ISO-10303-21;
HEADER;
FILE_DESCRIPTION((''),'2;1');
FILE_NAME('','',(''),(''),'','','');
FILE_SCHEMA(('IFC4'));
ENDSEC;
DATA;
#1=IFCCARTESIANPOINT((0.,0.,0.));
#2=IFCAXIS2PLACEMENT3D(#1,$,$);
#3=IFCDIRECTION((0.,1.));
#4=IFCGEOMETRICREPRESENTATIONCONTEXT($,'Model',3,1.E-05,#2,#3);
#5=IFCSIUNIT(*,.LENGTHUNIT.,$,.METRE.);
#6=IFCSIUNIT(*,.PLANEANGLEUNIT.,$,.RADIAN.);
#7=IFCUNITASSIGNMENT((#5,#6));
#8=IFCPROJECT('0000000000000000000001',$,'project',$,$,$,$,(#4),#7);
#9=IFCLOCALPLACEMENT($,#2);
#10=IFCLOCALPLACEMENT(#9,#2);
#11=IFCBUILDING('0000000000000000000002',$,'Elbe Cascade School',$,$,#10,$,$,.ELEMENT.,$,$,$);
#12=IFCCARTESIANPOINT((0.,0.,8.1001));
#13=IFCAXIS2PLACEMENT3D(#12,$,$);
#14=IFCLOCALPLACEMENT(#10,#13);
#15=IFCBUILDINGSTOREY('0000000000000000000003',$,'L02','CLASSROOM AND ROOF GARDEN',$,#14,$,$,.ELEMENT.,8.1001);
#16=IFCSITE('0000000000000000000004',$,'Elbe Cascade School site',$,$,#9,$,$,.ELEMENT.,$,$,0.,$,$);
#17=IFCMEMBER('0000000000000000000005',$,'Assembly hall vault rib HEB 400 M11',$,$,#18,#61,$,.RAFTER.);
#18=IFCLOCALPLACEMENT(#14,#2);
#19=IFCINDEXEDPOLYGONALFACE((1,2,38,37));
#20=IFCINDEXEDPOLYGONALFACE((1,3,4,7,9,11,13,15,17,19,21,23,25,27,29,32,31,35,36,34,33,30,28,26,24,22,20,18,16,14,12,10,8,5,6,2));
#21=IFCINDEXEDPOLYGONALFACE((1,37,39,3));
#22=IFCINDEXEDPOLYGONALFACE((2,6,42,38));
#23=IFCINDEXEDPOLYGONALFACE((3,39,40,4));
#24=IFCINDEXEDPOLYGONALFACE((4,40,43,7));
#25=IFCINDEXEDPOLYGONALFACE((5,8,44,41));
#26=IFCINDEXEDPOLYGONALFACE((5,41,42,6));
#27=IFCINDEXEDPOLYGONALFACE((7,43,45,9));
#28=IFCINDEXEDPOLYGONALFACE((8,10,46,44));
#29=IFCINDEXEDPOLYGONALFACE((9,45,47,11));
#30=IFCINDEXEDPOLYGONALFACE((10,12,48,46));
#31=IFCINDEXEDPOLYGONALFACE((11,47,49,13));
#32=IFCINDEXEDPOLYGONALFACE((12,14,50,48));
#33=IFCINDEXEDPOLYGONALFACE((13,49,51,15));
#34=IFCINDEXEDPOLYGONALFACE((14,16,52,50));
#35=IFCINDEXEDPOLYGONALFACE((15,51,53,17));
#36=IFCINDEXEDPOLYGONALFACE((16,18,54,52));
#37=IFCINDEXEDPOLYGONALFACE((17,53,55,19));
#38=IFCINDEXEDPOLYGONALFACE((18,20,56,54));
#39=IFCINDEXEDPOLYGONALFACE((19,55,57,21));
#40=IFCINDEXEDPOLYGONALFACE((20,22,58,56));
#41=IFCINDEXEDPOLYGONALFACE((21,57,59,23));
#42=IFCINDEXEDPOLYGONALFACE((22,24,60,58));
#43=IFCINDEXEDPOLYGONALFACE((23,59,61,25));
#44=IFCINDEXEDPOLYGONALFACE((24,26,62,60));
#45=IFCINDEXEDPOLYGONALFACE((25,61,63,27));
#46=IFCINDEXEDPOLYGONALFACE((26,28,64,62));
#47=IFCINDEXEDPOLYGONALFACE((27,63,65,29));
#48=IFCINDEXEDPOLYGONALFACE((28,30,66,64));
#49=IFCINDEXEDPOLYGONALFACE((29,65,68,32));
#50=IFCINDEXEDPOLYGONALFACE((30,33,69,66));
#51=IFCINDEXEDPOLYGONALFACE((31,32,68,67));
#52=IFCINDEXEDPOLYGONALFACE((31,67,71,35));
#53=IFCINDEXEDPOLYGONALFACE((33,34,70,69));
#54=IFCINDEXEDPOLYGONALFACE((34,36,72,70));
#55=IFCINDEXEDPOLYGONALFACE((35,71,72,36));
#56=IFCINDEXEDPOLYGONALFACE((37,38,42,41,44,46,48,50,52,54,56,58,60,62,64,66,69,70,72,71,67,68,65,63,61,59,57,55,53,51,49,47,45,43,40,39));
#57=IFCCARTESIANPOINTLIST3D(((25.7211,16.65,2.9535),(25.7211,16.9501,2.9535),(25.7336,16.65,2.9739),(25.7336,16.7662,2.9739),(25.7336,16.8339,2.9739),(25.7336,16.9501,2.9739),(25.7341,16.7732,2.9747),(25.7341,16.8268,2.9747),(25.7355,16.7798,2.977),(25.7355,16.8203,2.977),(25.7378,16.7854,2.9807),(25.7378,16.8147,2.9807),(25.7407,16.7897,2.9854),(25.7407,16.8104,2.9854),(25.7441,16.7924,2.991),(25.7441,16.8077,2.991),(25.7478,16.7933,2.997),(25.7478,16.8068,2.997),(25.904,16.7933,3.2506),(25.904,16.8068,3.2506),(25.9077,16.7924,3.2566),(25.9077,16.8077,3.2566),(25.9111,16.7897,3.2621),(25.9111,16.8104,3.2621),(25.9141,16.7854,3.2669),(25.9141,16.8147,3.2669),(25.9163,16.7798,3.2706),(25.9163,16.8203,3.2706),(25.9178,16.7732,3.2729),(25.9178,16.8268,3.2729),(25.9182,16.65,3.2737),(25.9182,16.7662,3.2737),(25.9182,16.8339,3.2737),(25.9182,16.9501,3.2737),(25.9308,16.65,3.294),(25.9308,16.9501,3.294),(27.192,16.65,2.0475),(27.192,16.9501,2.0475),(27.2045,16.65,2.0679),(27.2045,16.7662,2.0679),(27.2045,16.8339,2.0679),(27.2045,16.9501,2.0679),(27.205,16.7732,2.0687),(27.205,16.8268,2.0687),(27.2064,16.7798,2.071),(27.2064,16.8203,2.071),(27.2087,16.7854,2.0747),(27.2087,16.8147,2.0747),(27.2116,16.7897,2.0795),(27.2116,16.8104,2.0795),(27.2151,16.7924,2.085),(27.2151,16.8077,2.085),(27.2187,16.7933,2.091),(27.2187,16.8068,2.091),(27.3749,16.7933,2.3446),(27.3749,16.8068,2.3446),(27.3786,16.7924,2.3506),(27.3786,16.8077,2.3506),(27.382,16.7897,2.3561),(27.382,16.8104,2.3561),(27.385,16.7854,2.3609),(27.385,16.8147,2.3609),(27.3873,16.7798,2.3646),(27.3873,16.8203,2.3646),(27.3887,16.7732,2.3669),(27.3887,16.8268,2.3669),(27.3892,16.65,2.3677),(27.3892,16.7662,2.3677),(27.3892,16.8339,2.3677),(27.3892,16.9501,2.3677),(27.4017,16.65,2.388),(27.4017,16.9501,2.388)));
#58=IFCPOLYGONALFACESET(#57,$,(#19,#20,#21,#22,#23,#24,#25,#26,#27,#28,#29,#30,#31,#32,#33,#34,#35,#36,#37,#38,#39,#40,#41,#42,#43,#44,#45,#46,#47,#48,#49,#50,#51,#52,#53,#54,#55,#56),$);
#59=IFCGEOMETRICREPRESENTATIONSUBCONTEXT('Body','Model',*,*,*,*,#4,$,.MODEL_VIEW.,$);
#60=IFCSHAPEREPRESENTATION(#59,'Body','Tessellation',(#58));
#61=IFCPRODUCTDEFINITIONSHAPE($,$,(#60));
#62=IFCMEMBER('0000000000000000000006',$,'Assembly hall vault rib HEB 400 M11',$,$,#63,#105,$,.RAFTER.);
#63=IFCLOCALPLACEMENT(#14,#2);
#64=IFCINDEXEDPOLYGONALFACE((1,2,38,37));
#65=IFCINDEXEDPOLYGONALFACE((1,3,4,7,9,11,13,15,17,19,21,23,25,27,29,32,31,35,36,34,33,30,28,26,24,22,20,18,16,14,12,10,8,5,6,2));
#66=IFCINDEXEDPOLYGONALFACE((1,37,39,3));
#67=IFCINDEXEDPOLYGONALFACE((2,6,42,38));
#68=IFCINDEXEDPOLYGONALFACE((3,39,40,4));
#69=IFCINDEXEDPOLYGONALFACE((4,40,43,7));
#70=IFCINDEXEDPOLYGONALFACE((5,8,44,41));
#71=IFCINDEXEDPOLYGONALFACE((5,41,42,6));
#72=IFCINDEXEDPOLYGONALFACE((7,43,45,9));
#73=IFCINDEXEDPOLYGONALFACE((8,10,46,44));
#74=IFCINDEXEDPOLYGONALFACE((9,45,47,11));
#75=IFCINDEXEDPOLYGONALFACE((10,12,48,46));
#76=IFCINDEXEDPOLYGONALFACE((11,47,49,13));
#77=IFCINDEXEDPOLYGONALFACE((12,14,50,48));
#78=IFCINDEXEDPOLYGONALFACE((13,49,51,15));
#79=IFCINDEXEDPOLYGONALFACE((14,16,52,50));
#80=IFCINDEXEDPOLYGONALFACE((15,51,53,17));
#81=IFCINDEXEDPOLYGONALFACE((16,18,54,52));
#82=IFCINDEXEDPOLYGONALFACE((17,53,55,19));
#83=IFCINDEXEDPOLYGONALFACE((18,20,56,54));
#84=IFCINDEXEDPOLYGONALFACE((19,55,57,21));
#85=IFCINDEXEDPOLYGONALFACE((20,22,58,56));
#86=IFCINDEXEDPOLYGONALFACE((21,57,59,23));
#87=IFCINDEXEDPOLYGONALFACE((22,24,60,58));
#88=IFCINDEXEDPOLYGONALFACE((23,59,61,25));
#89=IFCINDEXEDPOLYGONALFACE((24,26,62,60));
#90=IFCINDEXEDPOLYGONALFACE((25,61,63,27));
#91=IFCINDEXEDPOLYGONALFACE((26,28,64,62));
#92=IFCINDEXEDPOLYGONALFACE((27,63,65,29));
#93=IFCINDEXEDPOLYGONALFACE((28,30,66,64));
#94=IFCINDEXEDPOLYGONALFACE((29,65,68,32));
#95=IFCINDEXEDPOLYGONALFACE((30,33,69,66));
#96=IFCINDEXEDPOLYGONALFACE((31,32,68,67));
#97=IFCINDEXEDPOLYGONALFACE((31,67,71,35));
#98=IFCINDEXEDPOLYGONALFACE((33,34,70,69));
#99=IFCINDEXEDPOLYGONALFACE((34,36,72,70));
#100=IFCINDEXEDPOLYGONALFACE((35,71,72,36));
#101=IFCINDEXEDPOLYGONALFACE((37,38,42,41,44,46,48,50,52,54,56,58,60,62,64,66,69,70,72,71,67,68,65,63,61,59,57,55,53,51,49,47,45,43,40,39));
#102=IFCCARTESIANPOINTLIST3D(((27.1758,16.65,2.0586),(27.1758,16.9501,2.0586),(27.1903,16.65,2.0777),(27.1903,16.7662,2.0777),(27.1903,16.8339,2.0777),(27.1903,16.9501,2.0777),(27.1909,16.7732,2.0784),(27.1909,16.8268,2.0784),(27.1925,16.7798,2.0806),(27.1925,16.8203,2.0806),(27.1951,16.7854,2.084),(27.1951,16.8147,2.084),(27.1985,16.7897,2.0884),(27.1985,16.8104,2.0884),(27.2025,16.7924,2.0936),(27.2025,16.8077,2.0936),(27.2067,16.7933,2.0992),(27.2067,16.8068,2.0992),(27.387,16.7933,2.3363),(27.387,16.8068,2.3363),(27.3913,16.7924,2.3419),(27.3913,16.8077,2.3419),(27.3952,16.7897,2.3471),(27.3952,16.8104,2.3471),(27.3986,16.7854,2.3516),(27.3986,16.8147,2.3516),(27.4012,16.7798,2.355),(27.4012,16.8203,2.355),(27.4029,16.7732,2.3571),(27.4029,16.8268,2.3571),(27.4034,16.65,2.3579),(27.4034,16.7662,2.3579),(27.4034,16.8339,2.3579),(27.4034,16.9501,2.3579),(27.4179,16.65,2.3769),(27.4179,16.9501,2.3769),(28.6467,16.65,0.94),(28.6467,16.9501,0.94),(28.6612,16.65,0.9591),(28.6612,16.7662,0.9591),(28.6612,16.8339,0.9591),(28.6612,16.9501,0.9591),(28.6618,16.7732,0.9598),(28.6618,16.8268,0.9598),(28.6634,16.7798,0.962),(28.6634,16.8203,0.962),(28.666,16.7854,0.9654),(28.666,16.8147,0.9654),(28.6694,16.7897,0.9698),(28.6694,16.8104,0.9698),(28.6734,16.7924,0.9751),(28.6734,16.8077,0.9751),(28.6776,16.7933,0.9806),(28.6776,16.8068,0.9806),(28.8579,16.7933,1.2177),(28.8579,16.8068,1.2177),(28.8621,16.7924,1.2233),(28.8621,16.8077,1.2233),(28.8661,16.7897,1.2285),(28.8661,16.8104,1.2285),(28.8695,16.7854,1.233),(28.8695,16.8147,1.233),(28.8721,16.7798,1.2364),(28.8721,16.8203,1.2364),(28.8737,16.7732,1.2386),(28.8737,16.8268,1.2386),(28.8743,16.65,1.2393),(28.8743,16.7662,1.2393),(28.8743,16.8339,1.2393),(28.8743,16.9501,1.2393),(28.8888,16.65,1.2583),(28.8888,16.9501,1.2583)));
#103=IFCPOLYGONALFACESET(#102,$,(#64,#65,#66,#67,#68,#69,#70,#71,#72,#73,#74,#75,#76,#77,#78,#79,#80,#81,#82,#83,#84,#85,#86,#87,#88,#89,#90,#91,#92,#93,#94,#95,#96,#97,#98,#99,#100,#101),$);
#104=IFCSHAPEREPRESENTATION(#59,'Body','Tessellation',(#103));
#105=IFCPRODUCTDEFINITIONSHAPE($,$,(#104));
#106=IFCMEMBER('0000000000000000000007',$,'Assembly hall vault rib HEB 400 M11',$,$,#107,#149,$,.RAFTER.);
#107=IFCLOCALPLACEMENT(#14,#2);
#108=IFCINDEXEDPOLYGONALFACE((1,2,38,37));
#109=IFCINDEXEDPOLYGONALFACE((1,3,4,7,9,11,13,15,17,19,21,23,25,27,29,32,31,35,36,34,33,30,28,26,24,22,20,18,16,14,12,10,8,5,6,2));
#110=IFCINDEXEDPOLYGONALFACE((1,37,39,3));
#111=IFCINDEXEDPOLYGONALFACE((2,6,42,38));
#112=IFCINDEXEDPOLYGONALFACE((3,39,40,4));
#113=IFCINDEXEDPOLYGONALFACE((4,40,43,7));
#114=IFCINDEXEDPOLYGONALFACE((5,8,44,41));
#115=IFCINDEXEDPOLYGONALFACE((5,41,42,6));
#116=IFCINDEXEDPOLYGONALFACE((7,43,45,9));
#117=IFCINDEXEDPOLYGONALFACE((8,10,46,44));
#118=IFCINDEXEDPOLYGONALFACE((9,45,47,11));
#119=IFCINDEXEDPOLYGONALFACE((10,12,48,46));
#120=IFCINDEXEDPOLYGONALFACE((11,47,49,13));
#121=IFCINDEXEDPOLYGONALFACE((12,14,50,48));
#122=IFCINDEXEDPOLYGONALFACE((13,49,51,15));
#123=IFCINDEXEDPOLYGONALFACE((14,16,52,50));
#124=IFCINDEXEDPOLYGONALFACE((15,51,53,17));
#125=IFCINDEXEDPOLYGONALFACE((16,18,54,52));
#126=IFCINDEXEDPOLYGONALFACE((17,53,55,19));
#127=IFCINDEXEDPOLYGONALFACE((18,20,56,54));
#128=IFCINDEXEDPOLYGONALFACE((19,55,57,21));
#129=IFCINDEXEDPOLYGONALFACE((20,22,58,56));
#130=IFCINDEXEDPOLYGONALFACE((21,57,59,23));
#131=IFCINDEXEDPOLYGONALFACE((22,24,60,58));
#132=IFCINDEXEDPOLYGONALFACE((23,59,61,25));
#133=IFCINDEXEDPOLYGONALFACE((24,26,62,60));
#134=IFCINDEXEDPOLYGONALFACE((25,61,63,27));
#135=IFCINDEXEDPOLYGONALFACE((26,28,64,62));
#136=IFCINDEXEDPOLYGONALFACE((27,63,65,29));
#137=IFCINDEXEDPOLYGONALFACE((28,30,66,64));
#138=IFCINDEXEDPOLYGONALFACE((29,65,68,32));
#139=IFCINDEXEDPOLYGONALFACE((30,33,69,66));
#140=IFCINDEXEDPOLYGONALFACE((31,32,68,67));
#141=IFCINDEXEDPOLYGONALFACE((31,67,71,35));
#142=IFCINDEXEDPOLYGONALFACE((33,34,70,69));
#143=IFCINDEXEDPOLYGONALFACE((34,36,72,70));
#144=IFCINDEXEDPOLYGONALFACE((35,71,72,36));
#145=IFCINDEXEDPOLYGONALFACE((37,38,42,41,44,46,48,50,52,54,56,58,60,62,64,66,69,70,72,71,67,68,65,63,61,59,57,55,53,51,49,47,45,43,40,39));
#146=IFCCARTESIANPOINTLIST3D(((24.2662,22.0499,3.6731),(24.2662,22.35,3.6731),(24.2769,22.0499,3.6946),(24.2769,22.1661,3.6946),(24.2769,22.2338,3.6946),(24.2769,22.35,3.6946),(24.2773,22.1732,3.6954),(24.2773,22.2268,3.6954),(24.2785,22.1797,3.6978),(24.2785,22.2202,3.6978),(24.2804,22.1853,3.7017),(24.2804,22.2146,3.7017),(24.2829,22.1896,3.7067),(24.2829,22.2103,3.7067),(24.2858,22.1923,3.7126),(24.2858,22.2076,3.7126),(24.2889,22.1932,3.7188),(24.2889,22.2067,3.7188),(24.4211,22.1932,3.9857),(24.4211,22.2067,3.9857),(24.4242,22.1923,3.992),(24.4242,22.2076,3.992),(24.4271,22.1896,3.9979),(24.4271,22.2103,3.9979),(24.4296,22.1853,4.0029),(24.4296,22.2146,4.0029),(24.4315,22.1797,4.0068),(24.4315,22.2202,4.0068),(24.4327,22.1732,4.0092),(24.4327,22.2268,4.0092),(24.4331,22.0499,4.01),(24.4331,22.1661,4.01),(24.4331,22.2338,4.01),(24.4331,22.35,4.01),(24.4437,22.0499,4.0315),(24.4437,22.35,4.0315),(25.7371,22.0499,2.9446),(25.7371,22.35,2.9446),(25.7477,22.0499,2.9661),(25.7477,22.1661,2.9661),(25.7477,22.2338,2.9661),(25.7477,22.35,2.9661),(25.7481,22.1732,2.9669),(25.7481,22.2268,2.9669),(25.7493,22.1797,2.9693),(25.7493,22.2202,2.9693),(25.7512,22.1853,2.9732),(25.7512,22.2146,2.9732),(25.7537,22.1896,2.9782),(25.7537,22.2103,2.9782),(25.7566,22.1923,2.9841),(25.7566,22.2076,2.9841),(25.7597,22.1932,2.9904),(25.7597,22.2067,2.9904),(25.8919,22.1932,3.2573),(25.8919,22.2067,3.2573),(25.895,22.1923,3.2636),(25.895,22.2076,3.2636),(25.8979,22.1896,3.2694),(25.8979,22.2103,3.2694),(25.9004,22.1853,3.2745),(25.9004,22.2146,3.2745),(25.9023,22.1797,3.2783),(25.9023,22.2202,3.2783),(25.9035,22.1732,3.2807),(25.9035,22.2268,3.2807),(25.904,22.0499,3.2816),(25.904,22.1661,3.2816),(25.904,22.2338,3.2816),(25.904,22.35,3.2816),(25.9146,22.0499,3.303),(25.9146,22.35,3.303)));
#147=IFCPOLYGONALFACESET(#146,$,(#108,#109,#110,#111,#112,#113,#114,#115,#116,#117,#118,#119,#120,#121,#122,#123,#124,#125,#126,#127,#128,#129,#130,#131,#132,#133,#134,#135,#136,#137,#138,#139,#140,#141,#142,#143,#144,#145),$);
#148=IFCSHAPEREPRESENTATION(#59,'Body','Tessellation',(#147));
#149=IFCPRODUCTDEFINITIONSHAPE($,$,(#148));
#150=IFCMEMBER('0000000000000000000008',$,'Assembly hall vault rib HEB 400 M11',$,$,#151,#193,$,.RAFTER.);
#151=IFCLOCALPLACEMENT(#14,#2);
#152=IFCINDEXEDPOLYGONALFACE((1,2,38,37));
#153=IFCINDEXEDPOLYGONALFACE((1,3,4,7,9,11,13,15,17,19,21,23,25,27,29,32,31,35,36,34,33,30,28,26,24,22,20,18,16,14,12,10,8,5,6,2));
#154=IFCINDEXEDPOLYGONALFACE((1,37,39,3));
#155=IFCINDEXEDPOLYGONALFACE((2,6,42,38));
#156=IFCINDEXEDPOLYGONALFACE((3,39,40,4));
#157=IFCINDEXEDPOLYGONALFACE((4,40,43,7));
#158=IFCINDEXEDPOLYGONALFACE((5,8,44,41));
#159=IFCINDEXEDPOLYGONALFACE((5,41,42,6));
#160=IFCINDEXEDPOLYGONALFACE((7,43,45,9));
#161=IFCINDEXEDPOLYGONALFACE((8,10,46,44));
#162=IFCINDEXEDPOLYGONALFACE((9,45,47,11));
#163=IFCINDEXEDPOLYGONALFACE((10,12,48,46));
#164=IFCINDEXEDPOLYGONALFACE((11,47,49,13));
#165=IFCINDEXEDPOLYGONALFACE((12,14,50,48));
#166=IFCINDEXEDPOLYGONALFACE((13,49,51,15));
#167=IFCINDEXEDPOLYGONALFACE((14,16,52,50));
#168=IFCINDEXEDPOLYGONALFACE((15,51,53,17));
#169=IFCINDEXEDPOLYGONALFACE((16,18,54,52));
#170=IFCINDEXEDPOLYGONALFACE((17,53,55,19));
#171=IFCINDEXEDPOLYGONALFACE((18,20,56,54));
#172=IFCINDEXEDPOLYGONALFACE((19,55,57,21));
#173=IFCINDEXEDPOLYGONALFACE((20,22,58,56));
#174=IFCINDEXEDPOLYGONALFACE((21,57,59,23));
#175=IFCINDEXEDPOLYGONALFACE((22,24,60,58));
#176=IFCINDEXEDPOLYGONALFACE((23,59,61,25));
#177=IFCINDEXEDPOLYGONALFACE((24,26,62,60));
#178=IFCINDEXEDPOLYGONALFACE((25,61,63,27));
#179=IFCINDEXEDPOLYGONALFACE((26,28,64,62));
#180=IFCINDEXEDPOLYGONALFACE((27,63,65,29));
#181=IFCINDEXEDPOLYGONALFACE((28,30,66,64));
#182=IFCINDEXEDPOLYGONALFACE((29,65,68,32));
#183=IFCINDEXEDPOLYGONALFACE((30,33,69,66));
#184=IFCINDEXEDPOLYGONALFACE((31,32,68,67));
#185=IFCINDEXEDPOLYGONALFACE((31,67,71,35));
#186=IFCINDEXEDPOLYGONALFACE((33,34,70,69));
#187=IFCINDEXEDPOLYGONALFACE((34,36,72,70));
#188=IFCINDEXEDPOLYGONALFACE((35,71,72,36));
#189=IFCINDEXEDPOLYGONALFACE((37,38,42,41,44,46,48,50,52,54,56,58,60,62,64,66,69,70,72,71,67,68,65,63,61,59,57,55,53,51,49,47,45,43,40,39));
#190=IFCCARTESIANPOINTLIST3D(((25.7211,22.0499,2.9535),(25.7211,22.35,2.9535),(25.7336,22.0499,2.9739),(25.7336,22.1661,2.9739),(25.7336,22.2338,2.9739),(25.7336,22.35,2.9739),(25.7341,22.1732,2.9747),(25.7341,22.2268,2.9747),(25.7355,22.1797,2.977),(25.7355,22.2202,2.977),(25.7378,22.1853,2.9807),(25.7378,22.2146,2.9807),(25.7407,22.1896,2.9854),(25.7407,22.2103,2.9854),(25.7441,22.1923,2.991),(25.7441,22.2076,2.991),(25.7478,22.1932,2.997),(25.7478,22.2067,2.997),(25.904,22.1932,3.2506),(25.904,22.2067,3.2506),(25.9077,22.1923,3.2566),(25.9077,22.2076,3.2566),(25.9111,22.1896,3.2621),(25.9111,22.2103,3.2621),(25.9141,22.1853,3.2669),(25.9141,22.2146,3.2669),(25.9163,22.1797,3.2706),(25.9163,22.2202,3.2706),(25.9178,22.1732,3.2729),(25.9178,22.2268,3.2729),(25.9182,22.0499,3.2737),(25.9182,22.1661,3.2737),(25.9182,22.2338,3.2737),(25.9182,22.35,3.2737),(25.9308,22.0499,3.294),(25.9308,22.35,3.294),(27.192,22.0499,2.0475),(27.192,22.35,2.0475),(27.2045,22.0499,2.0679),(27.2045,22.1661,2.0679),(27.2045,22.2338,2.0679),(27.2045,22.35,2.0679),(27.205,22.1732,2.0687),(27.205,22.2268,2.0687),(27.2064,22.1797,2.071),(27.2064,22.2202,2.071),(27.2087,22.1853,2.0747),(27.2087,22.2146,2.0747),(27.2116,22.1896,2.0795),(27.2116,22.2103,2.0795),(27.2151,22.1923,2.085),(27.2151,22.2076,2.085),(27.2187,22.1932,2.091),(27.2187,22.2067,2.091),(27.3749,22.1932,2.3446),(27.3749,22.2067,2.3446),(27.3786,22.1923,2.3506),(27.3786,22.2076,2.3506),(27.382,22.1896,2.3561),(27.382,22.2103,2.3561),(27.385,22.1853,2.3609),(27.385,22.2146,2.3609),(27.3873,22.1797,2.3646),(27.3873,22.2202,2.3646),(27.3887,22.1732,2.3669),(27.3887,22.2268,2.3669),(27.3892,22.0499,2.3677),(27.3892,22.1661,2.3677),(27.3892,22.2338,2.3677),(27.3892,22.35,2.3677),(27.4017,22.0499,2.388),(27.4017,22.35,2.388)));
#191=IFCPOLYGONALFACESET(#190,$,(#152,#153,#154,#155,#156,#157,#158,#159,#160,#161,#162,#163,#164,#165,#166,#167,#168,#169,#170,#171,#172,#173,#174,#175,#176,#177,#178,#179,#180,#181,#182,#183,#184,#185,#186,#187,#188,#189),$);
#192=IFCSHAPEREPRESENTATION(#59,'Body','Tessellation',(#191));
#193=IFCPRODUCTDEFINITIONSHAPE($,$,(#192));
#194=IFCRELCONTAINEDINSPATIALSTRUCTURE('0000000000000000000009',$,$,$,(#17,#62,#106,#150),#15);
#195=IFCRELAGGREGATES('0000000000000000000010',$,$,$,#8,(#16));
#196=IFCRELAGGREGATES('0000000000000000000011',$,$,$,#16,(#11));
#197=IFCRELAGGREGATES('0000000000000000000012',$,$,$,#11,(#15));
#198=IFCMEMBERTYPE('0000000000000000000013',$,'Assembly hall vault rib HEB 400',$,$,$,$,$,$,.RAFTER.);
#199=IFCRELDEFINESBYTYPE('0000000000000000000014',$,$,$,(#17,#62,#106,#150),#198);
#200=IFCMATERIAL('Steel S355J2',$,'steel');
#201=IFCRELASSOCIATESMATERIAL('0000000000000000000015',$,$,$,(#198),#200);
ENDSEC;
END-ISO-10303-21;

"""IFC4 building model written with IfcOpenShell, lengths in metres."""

from ifc_helpers import new_model, si_unit, direction, frame, origin, origin_2d, place, context, subcontext, project, spatial, i_section, extrude, material, material_profile, profile_set, type_object, element, save


model = new_model("IFC4")

# Units and contexts
model_context = context("Model", 3, precision=1e-05, world=origin(), true_north=direction((0.0, 1.0)))
body_context = subcontext(model_context, "Body", "Model", "MODEL_VIEW")
ifc_project = project(units=[si_unit("LENGTHUNIT", "METRE"), si_unit("PLANEANGLEUNIT", "RADIAN")], contexts=[model_context])

# Site, building, storey
site_placement = place(None, origin())
site = spatial("IfcSite", under=ifc_project, at=site_placement, Name="Elbe Cascade School site", CompositionType="ELEMENT", RefElevation=0.0)
building_placement = place(site_placement, origin())
building = spatial("IfcBuilding", under=site, at=building_placement, Name="Elbe Cascade School", CompositionType="ELEMENT")
storey_placement = place(building_placement, frame((0.0, 0.0, 8.1001)))
storey = spatial("IfcBuildingStorey", under=building, at=storey_placement, Name="L02", Description="CLASSROOM AND ROOF GARDEN", CompositionType="ELEMENT", Elevation=8.1001)

# Members
ifc_material_1 = material(Name="Steel S355J2", Category="steel")
ifc_material_profile_1 = material_profile(ifc_material_1, i_section(OverallWidth=0.3, OverallDepth=0.3999, WebThickness=0.0134, FlangeThickness=0.0239, FilletRadius=0.0271, at=origin_2d()), Name="HEB 400")
ifc_profile_set_1 = profile_set([ifc_material_profile_1], Name="Steel S355J2")
member_type_1 = type_object("IfcMemberType", Name="Assembly hall vault rib HEB 400", PredefinedType="RAFTER", material=ifc_profile_set_1)
member_1_placement = place(storey_placement, frame((25.8259, 16.8, 3.1238), z_axis=(0.85145, 0.0, -0.524436), x_axis=(0.0, 1.0, 0.0)))
element("IfcMember", 1, at=member_1_placement, inside=storey, type_object=member_type_1, Name="Assembly hall vault rib HEB 400 M11", PredefinedType="RAFTER", context=body_context, shape_type="SweptSolid", body=[
    extrude(i_section(OverallWidth=0.3, OverallDepth=0.3999, WebThickness=0.0134, FlangeThickness=0.0239, FilletRadius=0.0271, at=origin_2d()), origin(), (0.0, 0.0, 1.0), 1.7275),
])
member_2_placement = place(storey_placement, frame((27.2969, 16.8, 2.2178), z_axis=(0.795971, 0.0, -0.605334), x_axis=(0.0, 1.0, 0.0)))
element("IfcMember", 2, at=member_2_placement, inside=storey, type_object=member_type_1, Name="Assembly hall vault rib HEB 400 M11", PredefinedType="RAFTER", context=body_context, shape_type="SweptSolid", body=[
    extrude(i_section(OverallWidth=0.3, OverallDepth=0.3999, WebThickness=0.0134, FlangeThickness=0.0239, FilletRadius=0.0271, at=origin_2d()), origin(), (0.0, 0.0, 1.0), 1.8479),
])
member_3_placement = place(storey_placement, frame((24.355, 22.2, 3.8523), z_axis=(0.896116, 0.0, -0.443819), x_axis=(0.0, 1.0, 0.0)))
element("IfcMember", 3, at=member_3_placement, inside=storey, type_object=member_type_1, Name="Assembly hall vault rib HEB 400 M11", PredefinedType="RAFTER", context=body_context, shape_type="SweptSolid", body=[
    extrude(i_section(OverallWidth=0.3, OverallDepth=0.3999, WebThickness=0.0134, FlangeThickness=0.0239, FilletRadius=0.0271, at=origin_2d()), origin(), (0.0, 0.0, 1.0), 1.6414),
])
member_4_placement = place(storey_placement, frame((25.8259, 22.2, 3.1238), z_axis=(0.85145, 0.0, -0.524436), x_axis=(0.0, 1.0, 0.0)))
element("IfcMember", 4, at=member_4_placement, inside=storey, type_object=member_type_1, Name="Assembly hall vault rib HEB 400 M11", PredefinedType="RAFTER", context=body_context, shape_type="SweptSolid", body=[
    extrude(i_section(OverallWidth=0.3, OverallDepth=0.3999, WebThickness=0.0134, FlangeThickness=0.0239, FilletRadius=0.0271, at=origin_2d()), origin(), (0.0, 0.0, 1.0), 1.7275),
])

save(model, "model.ifc")
